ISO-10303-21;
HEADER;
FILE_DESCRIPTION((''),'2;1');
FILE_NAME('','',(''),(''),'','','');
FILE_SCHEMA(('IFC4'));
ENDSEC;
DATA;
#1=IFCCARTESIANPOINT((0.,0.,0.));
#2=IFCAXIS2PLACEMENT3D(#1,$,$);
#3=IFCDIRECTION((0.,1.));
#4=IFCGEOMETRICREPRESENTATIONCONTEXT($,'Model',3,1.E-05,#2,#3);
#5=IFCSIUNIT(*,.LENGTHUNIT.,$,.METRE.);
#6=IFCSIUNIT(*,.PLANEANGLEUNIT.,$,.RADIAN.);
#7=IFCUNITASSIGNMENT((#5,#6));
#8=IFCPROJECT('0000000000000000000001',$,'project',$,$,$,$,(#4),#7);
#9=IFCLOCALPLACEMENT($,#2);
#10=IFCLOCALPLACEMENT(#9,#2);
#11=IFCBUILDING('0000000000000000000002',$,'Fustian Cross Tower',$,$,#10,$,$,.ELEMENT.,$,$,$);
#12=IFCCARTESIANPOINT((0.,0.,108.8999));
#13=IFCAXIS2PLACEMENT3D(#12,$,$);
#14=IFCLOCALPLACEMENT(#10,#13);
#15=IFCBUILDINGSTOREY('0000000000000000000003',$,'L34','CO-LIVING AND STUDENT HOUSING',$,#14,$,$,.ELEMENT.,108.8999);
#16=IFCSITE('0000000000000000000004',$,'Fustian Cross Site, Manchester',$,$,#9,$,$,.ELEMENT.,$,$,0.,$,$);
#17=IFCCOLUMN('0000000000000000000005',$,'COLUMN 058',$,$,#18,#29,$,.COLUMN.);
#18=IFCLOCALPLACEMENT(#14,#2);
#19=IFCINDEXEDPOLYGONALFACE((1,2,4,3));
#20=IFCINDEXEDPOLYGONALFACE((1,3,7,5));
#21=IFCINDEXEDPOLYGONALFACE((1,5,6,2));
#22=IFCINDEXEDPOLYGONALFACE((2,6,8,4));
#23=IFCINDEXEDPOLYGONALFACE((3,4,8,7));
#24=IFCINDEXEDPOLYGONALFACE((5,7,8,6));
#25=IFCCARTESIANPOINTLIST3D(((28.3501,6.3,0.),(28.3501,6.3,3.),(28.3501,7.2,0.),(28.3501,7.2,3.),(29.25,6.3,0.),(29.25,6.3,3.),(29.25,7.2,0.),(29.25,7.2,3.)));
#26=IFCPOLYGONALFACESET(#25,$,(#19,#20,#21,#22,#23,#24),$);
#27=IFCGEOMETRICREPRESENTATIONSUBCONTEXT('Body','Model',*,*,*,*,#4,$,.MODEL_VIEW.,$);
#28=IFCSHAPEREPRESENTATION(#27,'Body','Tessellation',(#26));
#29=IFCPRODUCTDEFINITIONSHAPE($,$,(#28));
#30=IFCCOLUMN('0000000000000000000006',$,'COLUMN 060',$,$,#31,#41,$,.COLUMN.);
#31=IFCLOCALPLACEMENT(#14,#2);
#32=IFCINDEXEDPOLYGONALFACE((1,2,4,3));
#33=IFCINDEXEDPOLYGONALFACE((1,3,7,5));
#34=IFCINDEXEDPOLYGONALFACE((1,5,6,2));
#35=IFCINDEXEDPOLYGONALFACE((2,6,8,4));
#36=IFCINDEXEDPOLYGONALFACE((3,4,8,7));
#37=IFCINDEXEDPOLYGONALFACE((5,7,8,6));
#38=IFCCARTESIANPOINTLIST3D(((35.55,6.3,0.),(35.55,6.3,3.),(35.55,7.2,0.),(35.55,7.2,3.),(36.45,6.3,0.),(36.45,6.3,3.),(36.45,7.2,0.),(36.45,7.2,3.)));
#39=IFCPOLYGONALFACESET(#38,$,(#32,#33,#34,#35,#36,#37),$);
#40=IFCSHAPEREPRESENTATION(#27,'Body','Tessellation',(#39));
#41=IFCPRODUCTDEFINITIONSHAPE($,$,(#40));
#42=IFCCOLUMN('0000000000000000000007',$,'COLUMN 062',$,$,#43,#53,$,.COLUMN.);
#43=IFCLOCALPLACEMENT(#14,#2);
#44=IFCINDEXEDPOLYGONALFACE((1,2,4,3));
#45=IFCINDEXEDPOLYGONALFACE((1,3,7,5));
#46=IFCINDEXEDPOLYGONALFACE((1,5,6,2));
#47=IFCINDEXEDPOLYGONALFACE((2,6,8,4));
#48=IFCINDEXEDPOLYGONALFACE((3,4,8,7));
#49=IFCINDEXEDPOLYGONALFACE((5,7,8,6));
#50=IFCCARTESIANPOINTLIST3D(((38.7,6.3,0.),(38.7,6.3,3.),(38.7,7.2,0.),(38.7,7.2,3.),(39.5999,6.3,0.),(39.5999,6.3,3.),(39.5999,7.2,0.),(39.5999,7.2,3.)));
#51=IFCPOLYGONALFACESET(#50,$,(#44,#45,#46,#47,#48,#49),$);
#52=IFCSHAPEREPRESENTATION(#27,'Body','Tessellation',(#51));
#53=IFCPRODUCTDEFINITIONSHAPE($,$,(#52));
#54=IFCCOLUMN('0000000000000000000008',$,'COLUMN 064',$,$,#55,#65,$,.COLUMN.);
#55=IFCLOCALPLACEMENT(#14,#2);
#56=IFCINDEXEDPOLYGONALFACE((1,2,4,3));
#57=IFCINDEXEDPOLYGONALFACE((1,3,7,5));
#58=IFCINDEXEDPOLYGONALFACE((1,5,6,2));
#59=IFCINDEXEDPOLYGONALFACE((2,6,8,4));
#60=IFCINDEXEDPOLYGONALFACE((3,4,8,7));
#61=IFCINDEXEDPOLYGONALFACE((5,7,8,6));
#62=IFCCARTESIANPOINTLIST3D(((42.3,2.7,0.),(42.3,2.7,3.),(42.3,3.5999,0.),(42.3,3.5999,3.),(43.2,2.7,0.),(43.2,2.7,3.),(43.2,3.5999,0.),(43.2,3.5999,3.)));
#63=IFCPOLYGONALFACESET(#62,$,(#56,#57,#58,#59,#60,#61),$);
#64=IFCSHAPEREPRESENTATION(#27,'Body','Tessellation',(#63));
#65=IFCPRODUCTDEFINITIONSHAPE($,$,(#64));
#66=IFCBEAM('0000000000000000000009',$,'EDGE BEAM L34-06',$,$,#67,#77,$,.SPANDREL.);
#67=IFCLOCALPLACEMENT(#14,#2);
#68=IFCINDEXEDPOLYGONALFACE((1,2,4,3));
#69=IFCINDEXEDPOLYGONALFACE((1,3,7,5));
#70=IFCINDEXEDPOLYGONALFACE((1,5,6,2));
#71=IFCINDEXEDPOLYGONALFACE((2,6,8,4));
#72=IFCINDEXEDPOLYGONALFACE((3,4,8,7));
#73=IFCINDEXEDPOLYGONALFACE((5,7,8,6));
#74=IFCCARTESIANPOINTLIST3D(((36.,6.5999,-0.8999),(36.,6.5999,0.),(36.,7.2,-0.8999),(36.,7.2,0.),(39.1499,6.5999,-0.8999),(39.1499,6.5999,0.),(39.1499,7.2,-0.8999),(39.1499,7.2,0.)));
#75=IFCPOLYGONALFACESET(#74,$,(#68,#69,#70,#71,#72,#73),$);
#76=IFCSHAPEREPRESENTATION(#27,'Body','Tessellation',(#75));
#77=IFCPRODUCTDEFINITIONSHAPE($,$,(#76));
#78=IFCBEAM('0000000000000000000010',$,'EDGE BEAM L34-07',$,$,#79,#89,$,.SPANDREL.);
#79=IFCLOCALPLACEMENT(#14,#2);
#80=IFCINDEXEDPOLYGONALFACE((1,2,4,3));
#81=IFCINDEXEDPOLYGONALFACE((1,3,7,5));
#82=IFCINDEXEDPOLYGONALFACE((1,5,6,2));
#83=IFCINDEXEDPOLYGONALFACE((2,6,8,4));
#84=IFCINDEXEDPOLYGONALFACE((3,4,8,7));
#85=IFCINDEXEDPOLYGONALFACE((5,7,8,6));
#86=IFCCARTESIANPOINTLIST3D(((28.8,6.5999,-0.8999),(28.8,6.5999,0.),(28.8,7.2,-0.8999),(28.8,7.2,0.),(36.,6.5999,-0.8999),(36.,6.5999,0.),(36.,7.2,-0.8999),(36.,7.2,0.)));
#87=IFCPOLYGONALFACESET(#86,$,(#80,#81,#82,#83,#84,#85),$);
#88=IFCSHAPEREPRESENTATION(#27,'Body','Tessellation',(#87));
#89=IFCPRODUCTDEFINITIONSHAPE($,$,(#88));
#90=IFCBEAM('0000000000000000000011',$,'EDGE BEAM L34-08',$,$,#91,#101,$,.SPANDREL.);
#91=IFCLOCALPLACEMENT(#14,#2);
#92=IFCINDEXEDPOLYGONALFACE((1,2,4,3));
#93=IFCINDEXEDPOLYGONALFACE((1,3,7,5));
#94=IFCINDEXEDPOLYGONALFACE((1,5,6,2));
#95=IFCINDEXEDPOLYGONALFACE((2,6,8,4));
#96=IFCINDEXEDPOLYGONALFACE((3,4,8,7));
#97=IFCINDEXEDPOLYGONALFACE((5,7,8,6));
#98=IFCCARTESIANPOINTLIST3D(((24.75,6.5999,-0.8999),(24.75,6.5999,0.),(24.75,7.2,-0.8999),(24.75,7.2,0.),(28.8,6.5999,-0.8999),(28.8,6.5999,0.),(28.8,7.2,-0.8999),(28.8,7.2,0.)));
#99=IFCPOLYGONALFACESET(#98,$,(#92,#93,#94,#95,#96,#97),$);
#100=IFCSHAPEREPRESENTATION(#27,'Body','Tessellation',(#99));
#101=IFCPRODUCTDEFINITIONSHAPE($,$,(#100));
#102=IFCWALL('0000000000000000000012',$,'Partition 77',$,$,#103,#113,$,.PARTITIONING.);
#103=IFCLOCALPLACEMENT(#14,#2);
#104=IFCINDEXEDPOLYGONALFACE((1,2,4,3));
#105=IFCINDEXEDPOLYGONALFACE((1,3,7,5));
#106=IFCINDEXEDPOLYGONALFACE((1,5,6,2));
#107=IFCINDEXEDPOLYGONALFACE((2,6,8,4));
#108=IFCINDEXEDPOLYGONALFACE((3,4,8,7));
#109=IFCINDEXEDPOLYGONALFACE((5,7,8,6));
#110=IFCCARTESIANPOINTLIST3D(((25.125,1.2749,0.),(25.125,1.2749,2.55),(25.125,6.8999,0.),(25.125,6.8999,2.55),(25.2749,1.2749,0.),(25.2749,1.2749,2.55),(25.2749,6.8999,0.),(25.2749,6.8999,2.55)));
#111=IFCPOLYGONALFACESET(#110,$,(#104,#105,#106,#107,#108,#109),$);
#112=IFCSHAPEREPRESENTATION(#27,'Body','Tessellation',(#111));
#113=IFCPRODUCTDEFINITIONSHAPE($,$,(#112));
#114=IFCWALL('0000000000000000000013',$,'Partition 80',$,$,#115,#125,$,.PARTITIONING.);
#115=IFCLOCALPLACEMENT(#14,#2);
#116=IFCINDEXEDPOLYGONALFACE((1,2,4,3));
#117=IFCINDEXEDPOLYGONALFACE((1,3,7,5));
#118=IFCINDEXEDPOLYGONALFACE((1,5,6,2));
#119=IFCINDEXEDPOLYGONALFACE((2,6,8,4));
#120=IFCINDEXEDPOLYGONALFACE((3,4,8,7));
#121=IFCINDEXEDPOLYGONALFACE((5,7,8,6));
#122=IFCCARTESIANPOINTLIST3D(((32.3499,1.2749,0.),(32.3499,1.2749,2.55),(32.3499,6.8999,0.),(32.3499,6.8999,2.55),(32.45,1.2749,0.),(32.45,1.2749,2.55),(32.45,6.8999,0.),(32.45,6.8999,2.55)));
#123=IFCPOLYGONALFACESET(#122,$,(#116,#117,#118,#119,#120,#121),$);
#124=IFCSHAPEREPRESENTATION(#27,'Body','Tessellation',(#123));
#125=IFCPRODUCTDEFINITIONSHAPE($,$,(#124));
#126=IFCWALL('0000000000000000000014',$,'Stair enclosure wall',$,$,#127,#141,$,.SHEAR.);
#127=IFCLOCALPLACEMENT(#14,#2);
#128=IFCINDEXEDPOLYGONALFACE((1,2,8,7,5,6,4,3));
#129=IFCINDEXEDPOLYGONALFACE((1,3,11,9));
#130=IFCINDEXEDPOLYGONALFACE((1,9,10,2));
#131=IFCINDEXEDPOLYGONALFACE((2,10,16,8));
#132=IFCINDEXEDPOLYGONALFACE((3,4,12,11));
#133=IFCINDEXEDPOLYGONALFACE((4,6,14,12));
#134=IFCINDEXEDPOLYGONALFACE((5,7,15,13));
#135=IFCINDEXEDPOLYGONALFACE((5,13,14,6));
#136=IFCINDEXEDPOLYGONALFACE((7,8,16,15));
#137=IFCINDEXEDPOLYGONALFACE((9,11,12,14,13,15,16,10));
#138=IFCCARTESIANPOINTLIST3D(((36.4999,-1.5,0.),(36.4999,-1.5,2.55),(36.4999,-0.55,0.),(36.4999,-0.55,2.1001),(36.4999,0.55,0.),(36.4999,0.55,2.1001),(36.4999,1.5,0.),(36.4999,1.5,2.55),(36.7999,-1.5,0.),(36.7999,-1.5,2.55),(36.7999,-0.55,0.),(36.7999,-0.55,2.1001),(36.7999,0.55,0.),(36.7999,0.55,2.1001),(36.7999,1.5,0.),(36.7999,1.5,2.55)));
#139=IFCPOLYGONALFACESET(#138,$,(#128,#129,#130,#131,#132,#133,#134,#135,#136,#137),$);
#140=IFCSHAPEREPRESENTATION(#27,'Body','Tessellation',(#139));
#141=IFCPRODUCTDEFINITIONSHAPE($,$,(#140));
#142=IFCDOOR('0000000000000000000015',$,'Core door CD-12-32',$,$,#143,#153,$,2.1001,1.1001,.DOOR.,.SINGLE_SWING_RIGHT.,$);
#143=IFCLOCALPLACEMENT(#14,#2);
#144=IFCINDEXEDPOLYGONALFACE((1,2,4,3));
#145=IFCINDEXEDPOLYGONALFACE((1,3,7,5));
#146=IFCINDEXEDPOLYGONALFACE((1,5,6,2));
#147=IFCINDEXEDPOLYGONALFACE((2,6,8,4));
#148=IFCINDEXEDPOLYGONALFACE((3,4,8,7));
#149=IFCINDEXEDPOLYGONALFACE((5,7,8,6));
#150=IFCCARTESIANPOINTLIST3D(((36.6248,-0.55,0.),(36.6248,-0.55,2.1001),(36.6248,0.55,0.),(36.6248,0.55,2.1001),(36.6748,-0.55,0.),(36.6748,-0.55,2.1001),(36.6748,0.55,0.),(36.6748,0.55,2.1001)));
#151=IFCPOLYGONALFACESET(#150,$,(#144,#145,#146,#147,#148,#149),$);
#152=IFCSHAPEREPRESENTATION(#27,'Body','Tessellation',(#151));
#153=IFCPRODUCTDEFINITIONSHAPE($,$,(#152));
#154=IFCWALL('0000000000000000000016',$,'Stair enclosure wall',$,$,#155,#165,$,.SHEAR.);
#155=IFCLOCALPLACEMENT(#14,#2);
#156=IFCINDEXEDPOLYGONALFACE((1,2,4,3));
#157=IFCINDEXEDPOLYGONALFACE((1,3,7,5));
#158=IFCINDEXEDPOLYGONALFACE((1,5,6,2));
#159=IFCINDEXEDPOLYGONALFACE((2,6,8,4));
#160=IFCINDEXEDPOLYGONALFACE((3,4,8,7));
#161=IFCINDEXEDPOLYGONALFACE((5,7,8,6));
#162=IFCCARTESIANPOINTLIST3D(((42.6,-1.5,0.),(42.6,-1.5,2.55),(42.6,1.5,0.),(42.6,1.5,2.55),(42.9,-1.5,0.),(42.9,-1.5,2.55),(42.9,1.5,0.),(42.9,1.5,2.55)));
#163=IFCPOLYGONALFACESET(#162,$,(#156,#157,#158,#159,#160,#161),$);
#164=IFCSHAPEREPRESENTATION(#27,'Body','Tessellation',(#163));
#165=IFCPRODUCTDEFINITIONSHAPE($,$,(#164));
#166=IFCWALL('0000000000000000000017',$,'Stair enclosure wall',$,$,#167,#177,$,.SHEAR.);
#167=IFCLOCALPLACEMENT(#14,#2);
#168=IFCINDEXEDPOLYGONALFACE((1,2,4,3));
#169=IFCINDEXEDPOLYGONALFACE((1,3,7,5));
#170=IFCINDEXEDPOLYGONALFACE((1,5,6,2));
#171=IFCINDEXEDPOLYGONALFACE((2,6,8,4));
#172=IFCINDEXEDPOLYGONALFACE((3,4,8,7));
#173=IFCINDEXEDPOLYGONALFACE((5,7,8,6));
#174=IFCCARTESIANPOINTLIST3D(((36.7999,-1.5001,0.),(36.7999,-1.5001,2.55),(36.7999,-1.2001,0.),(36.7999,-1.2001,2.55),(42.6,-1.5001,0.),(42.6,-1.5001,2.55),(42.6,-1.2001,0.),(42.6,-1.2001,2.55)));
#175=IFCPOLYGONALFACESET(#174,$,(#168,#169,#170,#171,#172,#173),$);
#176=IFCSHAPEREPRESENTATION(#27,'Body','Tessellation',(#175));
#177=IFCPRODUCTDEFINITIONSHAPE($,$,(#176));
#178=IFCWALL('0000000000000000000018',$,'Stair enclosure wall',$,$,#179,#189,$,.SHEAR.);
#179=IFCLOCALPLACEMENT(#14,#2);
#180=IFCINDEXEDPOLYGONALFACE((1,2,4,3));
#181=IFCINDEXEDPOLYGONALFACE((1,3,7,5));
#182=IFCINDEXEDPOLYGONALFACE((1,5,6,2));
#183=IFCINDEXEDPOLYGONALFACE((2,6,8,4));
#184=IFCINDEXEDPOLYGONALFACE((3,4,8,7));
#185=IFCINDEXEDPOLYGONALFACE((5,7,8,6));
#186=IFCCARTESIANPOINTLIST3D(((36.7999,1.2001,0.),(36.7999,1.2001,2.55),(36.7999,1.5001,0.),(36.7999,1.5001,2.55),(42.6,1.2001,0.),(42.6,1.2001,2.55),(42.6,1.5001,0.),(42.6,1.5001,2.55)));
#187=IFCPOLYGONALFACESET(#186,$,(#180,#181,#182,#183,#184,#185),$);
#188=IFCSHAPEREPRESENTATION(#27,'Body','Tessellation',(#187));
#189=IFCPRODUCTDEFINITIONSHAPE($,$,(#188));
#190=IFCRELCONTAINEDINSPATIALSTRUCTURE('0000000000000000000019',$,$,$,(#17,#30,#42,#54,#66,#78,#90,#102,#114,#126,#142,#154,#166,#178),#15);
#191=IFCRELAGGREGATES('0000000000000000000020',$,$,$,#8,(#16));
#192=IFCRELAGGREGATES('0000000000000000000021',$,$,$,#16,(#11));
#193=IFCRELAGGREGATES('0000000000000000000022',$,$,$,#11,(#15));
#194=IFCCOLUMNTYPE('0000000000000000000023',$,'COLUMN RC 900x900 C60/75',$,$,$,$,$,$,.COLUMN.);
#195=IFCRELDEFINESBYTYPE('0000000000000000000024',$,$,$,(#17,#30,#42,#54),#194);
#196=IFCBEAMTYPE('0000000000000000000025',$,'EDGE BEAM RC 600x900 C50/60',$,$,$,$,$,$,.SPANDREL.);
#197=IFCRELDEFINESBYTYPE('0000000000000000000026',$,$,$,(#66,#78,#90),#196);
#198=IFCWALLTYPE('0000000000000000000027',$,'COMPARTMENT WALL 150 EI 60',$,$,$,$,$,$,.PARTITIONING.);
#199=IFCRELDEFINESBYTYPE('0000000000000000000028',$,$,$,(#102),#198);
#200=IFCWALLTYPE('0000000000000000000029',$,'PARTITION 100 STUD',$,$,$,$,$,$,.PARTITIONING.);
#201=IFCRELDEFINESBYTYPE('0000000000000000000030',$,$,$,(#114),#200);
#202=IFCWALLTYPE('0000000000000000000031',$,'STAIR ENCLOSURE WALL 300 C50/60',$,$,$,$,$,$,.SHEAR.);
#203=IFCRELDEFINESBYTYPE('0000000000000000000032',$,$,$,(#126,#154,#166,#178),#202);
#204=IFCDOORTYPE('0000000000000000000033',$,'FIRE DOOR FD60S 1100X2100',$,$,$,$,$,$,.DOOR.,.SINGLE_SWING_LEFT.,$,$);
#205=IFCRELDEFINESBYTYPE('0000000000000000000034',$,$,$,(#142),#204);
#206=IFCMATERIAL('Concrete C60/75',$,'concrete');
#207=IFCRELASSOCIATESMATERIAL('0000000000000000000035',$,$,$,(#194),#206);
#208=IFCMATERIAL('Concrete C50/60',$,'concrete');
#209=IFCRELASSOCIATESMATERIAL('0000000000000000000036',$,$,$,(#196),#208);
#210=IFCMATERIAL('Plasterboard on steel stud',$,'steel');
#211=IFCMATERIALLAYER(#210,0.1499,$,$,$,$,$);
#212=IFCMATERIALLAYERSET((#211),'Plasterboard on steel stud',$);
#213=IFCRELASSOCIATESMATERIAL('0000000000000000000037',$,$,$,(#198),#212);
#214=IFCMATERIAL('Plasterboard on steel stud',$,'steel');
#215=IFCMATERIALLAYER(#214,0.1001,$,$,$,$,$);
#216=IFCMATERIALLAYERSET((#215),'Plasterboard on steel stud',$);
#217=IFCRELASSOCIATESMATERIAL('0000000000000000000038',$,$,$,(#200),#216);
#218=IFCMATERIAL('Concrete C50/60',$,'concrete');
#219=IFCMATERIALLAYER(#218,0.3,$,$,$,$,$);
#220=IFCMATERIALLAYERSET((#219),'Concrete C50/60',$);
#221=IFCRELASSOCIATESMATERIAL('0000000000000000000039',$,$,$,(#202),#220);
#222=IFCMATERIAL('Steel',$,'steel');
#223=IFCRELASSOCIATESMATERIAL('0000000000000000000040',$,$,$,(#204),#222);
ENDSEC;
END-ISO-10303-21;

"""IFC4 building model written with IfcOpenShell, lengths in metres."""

from ifc_helpers import new_model, si_unit, direction, frame, frame_2d, origin, origin_2d, place, context, subcontext, project, spatial, rectangle, extrude, material, layer, layer_set, material_profile, profile_set, type_object, element, fill, save


model = new_model("IFC4")

# Units and contexts
model_context = context("Model", 3, precision=1e-05, world=origin(), true_north=direction((0.0, 1.0)))
body_context = subcontext(model_context, "Body", "Model", "MODEL_VIEW")
ifc_project = project(units=[si_unit("LENGTHUNIT", "METRE"), si_unit("PLANEANGLEUNIT", "RADIAN")], contexts=[model_context])

# Site, building, storey
site_placement = place(None, origin())
site = spatial("IfcSite", under=ifc_project, at=site_placement, Name="Fustian Cross Site, Manchester", CompositionType="ELEMENT", RefElevation=0.0)
building_placement = place(site_placement, origin())
building = spatial("IfcBuilding", under=site, at=building_placement, Name="Fustian Cross Tower", CompositionType="ELEMENT")
storey_placement = place(building_placement, frame((0.0, 0.0, 108.8999)))
storey = spatial("IfcBuildingStorey", under=building, at=storey_placement, Name="L34", Description="CO-LIVING AND STUDENT HOUSING", CompositionType="ELEMENT", Elevation=108.8999)

# Columns
ifc_material_1 = material(Name="Concrete C60/75", Category="concrete")
ifc_material_profile_1 = material_profile(ifc_material_1, rectangle(XDim=0.8999, YDim=0.8999, at=origin_2d()), Name="RC 900x900")
ifc_profile_set_1 = profile_set([ifc_material_profile_1], Name="Concrete C60/75")
column_type = type_object("IfcColumnType", Name="COLUMN RC 900x900 C60/75", PredefinedType="COLUMN", material=ifc_profile_set_1)
for number, where, z_axis, x_axis, name in (
    (1, (28.8, 6.75, 0.0), (0.0, 0.0, 1.0), (1.0, 0.0, 0.0), "COLUMN 058"),
    (2, (36.0, 6.75, 0.0), (0.0, 0.0, 1.0), (1.0, 0.0, 0.0), "COLUMN 060"),
    (3, (39.1499, 6.75, 0.0), (0.0, 0.0, 1.0), (1.0, 0.0, 0.0), "COLUMN 062"),
    (4, (42.75, 3.1499, 0.0), (0.0, 0.0, 1.0), (1.0, 0.0, 0.0), "COLUMN 064"),
):
    element("IfcColumn", number, at=place(storey_placement, frame(where, z_axis=z_axis, x_axis=x_axis)), inside=storey, type_object=column_type, Name=name, PredefinedType="COLUMN", context=body_context, shape_type="SweptSolid", body=[
        extrude(rectangle(XDim=0.8999, YDim=0.8999, at=origin_2d()), origin(), (0.0, 0.0, 1.0), 3.0),
    ])

# Beams
ifc_material_2 = material(Name="Concrete C50/60", Category="concrete")
ifc_material_profile_2 = material_profile(ifc_material_2, rectangle(XDim=0.6001, YDim=0.8999, at=origin_2d()), Name="RC 600x900")
ifc_profile_set_2 = profile_set([ifc_material_profile_2], Name="Concrete C50/60")
beam_type = type_object("IfcBeamType", Name="EDGE BEAM RC 600x900 C50/60", PredefinedType="SPANDREL", material=ifc_profile_set_2)
beam_1_placement = place(storey_placement, frame((39.1499, 6.8999, -0.45), z_axis=(-1.0, 0.0, 0.0), x_axis=(0.0, -1.0, 0.0)))
element("IfcBeam", 5, at=beam_1_placement, inside=storey, type_object=beam_type, Name="EDGE BEAM L34-06", PredefinedType="SPANDREL", context=body_context, shape_type="SweptSolid", body=[
    extrude(rectangle(XDim=0.6001, YDim=0.8999, at=origin_2d()), origin(), (0.0, 0.0, 1.0), 3.1499),
])
beam_2_placement = place(storey_placement, frame((36.0, 6.8999, -0.45), z_axis=(-1.0, 0.0, 0.0), x_axis=(0.0, -1.0, 0.0)))
element("IfcBeam", 6, at=beam_2_placement, inside=storey, type_object=beam_type, Name="EDGE BEAM L34-07", PredefinedType="SPANDREL", context=body_context, shape_type="SweptSolid", body=[
    extrude(rectangle(XDim=0.6001, YDim=0.8999, at=origin_2d()), origin(), (0.0, 0.0, 1.0), 7.2),
])
beam_3_placement = place(storey_placement, frame((28.8, 6.8999, -0.45), z_axis=(-1.0, 0.0, 0.0), x_axis=(0.0, -1.0, 0.0)))
element("IfcBeam", 7, at=beam_3_placement, inside=storey, type_object=beam_type, Name="EDGE BEAM L34-08", PredefinedType="SPANDREL", context=body_context, shape_type="SweptSolid", body=[
    extrude(rectangle(XDim=0.6001, YDim=0.8999, at=origin_2d()), origin(), (0.0, 0.0, 1.0), 4.05),
])

# Walls
ifc_material_3 = material(Name="Plasterboard on steel stud", Category="steel")
ifc_layer_1 = layer(ifc_material_3, 0.1499)
ifc_layer_set_1 = layer_set([ifc_layer_1], Name="Plasterboard on steel stud")
wall_type_1 = type_object("IfcWallType", Name="COMPARTMENT WALL 150 EI 60", PredefinedType="PARTITIONING", material=ifc_layer_set_1)
wall_1_placement = place(storey_placement, frame((25.2, 1.2749, 0.0), z_axis=(0.0, 0.0, 1.0), x_axis=(0.0, 1.0, 0.0)))
element("IfcWall", 8, at=wall_1_placement, inside=storey, type_object=wall_type_1, Name="Partition 77", PredefinedType="PARTITIONING", context=body_context, shape_type="SweptSolid", body=[
    extrude(rectangle(XDim=5.625, YDim=0.1499, at=frame_2d((2.8125, 0.0))), origin(), (0.0, 0.0, 1.0), 2.55),
])
ifc_material_4 = material(Name="Plasterboard on steel stud", Category="steel")
ifc_layer_2 = layer(ifc_material_4, 0.1001)
ifc_layer_set_2 = layer_set([ifc_layer_2], Name="Plasterboard on steel stud")
wall_type_2 = type_object("IfcWallType", Name="PARTITION 100 STUD", PredefinedType="PARTITIONING", material=ifc_layer_set_2)
wall_2_placement = place(storey_placement, frame((32.3999, 1.2749, 0.0), z_axis=(0.0, 0.0, 1.0), x_axis=(0.0, 1.0, 0.0)))
element("IfcWall", 9, at=wall_2_placement, inside=storey, type_object=wall_type_2, Name="Partition 80", PredefinedType="PARTITIONING", context=body_context, shape_type="SweptSolid", body=[
    extrude(rectangle(XDim=5.625, YDim=0.1001, at=frame_2d((2.8125, 0.0))), origin(), (0.0, 0.0, 1.0), 2.55),
])

# Wall, opening, door
ifc_material_5 = material(Name="Concrete C50/60", Category="concrete")
ifc_layer_3 = layer(ifc_material_5, 0.3)
ifc_layer_set_3 = layer_set([ifc_layer_3], Name="Concrete C50/60")
wall_type_3 = type_object("IfcWallType", Name="STAIR ENCLOSURE WALL 300 C50/60", PredefinedType="SHEAR", material=ifc_layer_set_3)
wall_3_placement = place(storey_placement, frame((36.6499, -1.5, 0.0), z_axis=(0.0, 0.0, 1.0), x_axis=(0.0, 1.0, 0.0)))
wall_3 = element("IfcWall", 10, at=wall_3_placement, inside=storey, type_object=wall_type_3, Name="Stair enclosure wall", PredefinedType="SHEAR", context=body_context, shape_type="SweptSolid", body=[
    extrude(rectangle(XDim=3.0, YDim=0.3, at=frame_2d((1.5, 0.0))), origin(), (0.0, 0.0, 1.0), 2.55),
])
opening_1_placement = place(wall_3_placement, frame((0.95, 0.0, 0.0)))
opening_1 = element("IfcOpeningElement", 11, at=opening_1_placement, cuts=wall_3, PredefinedType="OPENING", context=body_context, shape_type="SweptSolid", body=[
    extrude(rectangle(XDim=1.1001, YDim=2.1001, at=frame_2d((0.55, 1.05))), frame((0.0, 0.1599, 0.0), z_axis=(0.0, -1.0, 0.0), x_axis=(1.0, 0.0, 0.0)), (0.0, 0.0, 1.0), 0.3201),
])
ifc_material_6 = material(Name="Steel", Category="steel")
door_type = type_object("IfcDoorType", Name="FIRE DOOR FD60S 1100X2100", OperationType="SINGLE_SWING_LEFT", PredefinedType="DOOR", material=ifc_material_6)
door_placement = place(opening_1_placement, frame((1.1001, 0.0, 0.0), z_axis=(0.0, 0.0, 1.0), x_axis=(-1.0, 0.0, 0.0)))
door = element("IfcDoor", 12, at=door_placement, inside=storey, type_object=door_type, Name="Core door CD-12-32", OperationType="SINGLE_SWING_RIGHT", OverallHeight=2.1001, OverallWidth=1.1001, PredefinedType="DOOR", context=body_context, shape_type="SweptSolid", body=[
    extrude(rectangle(XDim=1.1001, YDim=2.1001, at=frame_2d((0.55, 1.05))), frame((0.0, 0.0249, 0.0), z_axis=(0.0, -1.0, 0.0), x_axis=(1.0, 0.0, 0.0)), (0.0, 0.0, 1.0), 0.05),
])
fill(opening_1, door)

# Walls
wall_4_placement = place(storey_placement, frame((42.75, -1.5, 0.0), z_axis=(0.0, 0.0, 1.0), x_axis=(0.0, 1.0, 0.0)))
element("IfcWall", 13, at=wall_4_placement, inside=storey, type_object=wall_type_3, Name="Stair enclosure wall", PredefinedType="SHEAR", context=body_context, shape_type="SweptSolid", body=[
    extrude(rectangle(XDim=3.0, YDim=0.3, at=frame_2d((1.5, 0.0))), origin(), (0.0, 0.0, 1.0), 2.55),
])
for number, where, z_axis, x_axis, name in (
    (14, (36.8, -1.3501, 0.0), (0.0, 0.0, 1.0), (1.0, 0.0, 0.0), "Stair enclosure wall"),
    (15, (36.8, 1.3501, 0.0), (0.0, 0.0, 1.0), (1.0, 0.0, 0.0), "Stair enclosure wall"),
):
    element("IfcWall", number, at=place(storey_placement, frame(where, z_axis=z_axis, x_axis=x_axis)), inside=storey, type_object=wall_type_3, Name=name, PredefinedType="SHEAR", context=body_context, shape_type="SweptSolid", body=[
        extrude(rectangle(XDim=5.8, YDim=0.3, at=frame_2d((2.8999, 0.0))), origin(), (0.0, 0.0, 1.0), 2.55),
    ])

save(model, "model.ifc")
